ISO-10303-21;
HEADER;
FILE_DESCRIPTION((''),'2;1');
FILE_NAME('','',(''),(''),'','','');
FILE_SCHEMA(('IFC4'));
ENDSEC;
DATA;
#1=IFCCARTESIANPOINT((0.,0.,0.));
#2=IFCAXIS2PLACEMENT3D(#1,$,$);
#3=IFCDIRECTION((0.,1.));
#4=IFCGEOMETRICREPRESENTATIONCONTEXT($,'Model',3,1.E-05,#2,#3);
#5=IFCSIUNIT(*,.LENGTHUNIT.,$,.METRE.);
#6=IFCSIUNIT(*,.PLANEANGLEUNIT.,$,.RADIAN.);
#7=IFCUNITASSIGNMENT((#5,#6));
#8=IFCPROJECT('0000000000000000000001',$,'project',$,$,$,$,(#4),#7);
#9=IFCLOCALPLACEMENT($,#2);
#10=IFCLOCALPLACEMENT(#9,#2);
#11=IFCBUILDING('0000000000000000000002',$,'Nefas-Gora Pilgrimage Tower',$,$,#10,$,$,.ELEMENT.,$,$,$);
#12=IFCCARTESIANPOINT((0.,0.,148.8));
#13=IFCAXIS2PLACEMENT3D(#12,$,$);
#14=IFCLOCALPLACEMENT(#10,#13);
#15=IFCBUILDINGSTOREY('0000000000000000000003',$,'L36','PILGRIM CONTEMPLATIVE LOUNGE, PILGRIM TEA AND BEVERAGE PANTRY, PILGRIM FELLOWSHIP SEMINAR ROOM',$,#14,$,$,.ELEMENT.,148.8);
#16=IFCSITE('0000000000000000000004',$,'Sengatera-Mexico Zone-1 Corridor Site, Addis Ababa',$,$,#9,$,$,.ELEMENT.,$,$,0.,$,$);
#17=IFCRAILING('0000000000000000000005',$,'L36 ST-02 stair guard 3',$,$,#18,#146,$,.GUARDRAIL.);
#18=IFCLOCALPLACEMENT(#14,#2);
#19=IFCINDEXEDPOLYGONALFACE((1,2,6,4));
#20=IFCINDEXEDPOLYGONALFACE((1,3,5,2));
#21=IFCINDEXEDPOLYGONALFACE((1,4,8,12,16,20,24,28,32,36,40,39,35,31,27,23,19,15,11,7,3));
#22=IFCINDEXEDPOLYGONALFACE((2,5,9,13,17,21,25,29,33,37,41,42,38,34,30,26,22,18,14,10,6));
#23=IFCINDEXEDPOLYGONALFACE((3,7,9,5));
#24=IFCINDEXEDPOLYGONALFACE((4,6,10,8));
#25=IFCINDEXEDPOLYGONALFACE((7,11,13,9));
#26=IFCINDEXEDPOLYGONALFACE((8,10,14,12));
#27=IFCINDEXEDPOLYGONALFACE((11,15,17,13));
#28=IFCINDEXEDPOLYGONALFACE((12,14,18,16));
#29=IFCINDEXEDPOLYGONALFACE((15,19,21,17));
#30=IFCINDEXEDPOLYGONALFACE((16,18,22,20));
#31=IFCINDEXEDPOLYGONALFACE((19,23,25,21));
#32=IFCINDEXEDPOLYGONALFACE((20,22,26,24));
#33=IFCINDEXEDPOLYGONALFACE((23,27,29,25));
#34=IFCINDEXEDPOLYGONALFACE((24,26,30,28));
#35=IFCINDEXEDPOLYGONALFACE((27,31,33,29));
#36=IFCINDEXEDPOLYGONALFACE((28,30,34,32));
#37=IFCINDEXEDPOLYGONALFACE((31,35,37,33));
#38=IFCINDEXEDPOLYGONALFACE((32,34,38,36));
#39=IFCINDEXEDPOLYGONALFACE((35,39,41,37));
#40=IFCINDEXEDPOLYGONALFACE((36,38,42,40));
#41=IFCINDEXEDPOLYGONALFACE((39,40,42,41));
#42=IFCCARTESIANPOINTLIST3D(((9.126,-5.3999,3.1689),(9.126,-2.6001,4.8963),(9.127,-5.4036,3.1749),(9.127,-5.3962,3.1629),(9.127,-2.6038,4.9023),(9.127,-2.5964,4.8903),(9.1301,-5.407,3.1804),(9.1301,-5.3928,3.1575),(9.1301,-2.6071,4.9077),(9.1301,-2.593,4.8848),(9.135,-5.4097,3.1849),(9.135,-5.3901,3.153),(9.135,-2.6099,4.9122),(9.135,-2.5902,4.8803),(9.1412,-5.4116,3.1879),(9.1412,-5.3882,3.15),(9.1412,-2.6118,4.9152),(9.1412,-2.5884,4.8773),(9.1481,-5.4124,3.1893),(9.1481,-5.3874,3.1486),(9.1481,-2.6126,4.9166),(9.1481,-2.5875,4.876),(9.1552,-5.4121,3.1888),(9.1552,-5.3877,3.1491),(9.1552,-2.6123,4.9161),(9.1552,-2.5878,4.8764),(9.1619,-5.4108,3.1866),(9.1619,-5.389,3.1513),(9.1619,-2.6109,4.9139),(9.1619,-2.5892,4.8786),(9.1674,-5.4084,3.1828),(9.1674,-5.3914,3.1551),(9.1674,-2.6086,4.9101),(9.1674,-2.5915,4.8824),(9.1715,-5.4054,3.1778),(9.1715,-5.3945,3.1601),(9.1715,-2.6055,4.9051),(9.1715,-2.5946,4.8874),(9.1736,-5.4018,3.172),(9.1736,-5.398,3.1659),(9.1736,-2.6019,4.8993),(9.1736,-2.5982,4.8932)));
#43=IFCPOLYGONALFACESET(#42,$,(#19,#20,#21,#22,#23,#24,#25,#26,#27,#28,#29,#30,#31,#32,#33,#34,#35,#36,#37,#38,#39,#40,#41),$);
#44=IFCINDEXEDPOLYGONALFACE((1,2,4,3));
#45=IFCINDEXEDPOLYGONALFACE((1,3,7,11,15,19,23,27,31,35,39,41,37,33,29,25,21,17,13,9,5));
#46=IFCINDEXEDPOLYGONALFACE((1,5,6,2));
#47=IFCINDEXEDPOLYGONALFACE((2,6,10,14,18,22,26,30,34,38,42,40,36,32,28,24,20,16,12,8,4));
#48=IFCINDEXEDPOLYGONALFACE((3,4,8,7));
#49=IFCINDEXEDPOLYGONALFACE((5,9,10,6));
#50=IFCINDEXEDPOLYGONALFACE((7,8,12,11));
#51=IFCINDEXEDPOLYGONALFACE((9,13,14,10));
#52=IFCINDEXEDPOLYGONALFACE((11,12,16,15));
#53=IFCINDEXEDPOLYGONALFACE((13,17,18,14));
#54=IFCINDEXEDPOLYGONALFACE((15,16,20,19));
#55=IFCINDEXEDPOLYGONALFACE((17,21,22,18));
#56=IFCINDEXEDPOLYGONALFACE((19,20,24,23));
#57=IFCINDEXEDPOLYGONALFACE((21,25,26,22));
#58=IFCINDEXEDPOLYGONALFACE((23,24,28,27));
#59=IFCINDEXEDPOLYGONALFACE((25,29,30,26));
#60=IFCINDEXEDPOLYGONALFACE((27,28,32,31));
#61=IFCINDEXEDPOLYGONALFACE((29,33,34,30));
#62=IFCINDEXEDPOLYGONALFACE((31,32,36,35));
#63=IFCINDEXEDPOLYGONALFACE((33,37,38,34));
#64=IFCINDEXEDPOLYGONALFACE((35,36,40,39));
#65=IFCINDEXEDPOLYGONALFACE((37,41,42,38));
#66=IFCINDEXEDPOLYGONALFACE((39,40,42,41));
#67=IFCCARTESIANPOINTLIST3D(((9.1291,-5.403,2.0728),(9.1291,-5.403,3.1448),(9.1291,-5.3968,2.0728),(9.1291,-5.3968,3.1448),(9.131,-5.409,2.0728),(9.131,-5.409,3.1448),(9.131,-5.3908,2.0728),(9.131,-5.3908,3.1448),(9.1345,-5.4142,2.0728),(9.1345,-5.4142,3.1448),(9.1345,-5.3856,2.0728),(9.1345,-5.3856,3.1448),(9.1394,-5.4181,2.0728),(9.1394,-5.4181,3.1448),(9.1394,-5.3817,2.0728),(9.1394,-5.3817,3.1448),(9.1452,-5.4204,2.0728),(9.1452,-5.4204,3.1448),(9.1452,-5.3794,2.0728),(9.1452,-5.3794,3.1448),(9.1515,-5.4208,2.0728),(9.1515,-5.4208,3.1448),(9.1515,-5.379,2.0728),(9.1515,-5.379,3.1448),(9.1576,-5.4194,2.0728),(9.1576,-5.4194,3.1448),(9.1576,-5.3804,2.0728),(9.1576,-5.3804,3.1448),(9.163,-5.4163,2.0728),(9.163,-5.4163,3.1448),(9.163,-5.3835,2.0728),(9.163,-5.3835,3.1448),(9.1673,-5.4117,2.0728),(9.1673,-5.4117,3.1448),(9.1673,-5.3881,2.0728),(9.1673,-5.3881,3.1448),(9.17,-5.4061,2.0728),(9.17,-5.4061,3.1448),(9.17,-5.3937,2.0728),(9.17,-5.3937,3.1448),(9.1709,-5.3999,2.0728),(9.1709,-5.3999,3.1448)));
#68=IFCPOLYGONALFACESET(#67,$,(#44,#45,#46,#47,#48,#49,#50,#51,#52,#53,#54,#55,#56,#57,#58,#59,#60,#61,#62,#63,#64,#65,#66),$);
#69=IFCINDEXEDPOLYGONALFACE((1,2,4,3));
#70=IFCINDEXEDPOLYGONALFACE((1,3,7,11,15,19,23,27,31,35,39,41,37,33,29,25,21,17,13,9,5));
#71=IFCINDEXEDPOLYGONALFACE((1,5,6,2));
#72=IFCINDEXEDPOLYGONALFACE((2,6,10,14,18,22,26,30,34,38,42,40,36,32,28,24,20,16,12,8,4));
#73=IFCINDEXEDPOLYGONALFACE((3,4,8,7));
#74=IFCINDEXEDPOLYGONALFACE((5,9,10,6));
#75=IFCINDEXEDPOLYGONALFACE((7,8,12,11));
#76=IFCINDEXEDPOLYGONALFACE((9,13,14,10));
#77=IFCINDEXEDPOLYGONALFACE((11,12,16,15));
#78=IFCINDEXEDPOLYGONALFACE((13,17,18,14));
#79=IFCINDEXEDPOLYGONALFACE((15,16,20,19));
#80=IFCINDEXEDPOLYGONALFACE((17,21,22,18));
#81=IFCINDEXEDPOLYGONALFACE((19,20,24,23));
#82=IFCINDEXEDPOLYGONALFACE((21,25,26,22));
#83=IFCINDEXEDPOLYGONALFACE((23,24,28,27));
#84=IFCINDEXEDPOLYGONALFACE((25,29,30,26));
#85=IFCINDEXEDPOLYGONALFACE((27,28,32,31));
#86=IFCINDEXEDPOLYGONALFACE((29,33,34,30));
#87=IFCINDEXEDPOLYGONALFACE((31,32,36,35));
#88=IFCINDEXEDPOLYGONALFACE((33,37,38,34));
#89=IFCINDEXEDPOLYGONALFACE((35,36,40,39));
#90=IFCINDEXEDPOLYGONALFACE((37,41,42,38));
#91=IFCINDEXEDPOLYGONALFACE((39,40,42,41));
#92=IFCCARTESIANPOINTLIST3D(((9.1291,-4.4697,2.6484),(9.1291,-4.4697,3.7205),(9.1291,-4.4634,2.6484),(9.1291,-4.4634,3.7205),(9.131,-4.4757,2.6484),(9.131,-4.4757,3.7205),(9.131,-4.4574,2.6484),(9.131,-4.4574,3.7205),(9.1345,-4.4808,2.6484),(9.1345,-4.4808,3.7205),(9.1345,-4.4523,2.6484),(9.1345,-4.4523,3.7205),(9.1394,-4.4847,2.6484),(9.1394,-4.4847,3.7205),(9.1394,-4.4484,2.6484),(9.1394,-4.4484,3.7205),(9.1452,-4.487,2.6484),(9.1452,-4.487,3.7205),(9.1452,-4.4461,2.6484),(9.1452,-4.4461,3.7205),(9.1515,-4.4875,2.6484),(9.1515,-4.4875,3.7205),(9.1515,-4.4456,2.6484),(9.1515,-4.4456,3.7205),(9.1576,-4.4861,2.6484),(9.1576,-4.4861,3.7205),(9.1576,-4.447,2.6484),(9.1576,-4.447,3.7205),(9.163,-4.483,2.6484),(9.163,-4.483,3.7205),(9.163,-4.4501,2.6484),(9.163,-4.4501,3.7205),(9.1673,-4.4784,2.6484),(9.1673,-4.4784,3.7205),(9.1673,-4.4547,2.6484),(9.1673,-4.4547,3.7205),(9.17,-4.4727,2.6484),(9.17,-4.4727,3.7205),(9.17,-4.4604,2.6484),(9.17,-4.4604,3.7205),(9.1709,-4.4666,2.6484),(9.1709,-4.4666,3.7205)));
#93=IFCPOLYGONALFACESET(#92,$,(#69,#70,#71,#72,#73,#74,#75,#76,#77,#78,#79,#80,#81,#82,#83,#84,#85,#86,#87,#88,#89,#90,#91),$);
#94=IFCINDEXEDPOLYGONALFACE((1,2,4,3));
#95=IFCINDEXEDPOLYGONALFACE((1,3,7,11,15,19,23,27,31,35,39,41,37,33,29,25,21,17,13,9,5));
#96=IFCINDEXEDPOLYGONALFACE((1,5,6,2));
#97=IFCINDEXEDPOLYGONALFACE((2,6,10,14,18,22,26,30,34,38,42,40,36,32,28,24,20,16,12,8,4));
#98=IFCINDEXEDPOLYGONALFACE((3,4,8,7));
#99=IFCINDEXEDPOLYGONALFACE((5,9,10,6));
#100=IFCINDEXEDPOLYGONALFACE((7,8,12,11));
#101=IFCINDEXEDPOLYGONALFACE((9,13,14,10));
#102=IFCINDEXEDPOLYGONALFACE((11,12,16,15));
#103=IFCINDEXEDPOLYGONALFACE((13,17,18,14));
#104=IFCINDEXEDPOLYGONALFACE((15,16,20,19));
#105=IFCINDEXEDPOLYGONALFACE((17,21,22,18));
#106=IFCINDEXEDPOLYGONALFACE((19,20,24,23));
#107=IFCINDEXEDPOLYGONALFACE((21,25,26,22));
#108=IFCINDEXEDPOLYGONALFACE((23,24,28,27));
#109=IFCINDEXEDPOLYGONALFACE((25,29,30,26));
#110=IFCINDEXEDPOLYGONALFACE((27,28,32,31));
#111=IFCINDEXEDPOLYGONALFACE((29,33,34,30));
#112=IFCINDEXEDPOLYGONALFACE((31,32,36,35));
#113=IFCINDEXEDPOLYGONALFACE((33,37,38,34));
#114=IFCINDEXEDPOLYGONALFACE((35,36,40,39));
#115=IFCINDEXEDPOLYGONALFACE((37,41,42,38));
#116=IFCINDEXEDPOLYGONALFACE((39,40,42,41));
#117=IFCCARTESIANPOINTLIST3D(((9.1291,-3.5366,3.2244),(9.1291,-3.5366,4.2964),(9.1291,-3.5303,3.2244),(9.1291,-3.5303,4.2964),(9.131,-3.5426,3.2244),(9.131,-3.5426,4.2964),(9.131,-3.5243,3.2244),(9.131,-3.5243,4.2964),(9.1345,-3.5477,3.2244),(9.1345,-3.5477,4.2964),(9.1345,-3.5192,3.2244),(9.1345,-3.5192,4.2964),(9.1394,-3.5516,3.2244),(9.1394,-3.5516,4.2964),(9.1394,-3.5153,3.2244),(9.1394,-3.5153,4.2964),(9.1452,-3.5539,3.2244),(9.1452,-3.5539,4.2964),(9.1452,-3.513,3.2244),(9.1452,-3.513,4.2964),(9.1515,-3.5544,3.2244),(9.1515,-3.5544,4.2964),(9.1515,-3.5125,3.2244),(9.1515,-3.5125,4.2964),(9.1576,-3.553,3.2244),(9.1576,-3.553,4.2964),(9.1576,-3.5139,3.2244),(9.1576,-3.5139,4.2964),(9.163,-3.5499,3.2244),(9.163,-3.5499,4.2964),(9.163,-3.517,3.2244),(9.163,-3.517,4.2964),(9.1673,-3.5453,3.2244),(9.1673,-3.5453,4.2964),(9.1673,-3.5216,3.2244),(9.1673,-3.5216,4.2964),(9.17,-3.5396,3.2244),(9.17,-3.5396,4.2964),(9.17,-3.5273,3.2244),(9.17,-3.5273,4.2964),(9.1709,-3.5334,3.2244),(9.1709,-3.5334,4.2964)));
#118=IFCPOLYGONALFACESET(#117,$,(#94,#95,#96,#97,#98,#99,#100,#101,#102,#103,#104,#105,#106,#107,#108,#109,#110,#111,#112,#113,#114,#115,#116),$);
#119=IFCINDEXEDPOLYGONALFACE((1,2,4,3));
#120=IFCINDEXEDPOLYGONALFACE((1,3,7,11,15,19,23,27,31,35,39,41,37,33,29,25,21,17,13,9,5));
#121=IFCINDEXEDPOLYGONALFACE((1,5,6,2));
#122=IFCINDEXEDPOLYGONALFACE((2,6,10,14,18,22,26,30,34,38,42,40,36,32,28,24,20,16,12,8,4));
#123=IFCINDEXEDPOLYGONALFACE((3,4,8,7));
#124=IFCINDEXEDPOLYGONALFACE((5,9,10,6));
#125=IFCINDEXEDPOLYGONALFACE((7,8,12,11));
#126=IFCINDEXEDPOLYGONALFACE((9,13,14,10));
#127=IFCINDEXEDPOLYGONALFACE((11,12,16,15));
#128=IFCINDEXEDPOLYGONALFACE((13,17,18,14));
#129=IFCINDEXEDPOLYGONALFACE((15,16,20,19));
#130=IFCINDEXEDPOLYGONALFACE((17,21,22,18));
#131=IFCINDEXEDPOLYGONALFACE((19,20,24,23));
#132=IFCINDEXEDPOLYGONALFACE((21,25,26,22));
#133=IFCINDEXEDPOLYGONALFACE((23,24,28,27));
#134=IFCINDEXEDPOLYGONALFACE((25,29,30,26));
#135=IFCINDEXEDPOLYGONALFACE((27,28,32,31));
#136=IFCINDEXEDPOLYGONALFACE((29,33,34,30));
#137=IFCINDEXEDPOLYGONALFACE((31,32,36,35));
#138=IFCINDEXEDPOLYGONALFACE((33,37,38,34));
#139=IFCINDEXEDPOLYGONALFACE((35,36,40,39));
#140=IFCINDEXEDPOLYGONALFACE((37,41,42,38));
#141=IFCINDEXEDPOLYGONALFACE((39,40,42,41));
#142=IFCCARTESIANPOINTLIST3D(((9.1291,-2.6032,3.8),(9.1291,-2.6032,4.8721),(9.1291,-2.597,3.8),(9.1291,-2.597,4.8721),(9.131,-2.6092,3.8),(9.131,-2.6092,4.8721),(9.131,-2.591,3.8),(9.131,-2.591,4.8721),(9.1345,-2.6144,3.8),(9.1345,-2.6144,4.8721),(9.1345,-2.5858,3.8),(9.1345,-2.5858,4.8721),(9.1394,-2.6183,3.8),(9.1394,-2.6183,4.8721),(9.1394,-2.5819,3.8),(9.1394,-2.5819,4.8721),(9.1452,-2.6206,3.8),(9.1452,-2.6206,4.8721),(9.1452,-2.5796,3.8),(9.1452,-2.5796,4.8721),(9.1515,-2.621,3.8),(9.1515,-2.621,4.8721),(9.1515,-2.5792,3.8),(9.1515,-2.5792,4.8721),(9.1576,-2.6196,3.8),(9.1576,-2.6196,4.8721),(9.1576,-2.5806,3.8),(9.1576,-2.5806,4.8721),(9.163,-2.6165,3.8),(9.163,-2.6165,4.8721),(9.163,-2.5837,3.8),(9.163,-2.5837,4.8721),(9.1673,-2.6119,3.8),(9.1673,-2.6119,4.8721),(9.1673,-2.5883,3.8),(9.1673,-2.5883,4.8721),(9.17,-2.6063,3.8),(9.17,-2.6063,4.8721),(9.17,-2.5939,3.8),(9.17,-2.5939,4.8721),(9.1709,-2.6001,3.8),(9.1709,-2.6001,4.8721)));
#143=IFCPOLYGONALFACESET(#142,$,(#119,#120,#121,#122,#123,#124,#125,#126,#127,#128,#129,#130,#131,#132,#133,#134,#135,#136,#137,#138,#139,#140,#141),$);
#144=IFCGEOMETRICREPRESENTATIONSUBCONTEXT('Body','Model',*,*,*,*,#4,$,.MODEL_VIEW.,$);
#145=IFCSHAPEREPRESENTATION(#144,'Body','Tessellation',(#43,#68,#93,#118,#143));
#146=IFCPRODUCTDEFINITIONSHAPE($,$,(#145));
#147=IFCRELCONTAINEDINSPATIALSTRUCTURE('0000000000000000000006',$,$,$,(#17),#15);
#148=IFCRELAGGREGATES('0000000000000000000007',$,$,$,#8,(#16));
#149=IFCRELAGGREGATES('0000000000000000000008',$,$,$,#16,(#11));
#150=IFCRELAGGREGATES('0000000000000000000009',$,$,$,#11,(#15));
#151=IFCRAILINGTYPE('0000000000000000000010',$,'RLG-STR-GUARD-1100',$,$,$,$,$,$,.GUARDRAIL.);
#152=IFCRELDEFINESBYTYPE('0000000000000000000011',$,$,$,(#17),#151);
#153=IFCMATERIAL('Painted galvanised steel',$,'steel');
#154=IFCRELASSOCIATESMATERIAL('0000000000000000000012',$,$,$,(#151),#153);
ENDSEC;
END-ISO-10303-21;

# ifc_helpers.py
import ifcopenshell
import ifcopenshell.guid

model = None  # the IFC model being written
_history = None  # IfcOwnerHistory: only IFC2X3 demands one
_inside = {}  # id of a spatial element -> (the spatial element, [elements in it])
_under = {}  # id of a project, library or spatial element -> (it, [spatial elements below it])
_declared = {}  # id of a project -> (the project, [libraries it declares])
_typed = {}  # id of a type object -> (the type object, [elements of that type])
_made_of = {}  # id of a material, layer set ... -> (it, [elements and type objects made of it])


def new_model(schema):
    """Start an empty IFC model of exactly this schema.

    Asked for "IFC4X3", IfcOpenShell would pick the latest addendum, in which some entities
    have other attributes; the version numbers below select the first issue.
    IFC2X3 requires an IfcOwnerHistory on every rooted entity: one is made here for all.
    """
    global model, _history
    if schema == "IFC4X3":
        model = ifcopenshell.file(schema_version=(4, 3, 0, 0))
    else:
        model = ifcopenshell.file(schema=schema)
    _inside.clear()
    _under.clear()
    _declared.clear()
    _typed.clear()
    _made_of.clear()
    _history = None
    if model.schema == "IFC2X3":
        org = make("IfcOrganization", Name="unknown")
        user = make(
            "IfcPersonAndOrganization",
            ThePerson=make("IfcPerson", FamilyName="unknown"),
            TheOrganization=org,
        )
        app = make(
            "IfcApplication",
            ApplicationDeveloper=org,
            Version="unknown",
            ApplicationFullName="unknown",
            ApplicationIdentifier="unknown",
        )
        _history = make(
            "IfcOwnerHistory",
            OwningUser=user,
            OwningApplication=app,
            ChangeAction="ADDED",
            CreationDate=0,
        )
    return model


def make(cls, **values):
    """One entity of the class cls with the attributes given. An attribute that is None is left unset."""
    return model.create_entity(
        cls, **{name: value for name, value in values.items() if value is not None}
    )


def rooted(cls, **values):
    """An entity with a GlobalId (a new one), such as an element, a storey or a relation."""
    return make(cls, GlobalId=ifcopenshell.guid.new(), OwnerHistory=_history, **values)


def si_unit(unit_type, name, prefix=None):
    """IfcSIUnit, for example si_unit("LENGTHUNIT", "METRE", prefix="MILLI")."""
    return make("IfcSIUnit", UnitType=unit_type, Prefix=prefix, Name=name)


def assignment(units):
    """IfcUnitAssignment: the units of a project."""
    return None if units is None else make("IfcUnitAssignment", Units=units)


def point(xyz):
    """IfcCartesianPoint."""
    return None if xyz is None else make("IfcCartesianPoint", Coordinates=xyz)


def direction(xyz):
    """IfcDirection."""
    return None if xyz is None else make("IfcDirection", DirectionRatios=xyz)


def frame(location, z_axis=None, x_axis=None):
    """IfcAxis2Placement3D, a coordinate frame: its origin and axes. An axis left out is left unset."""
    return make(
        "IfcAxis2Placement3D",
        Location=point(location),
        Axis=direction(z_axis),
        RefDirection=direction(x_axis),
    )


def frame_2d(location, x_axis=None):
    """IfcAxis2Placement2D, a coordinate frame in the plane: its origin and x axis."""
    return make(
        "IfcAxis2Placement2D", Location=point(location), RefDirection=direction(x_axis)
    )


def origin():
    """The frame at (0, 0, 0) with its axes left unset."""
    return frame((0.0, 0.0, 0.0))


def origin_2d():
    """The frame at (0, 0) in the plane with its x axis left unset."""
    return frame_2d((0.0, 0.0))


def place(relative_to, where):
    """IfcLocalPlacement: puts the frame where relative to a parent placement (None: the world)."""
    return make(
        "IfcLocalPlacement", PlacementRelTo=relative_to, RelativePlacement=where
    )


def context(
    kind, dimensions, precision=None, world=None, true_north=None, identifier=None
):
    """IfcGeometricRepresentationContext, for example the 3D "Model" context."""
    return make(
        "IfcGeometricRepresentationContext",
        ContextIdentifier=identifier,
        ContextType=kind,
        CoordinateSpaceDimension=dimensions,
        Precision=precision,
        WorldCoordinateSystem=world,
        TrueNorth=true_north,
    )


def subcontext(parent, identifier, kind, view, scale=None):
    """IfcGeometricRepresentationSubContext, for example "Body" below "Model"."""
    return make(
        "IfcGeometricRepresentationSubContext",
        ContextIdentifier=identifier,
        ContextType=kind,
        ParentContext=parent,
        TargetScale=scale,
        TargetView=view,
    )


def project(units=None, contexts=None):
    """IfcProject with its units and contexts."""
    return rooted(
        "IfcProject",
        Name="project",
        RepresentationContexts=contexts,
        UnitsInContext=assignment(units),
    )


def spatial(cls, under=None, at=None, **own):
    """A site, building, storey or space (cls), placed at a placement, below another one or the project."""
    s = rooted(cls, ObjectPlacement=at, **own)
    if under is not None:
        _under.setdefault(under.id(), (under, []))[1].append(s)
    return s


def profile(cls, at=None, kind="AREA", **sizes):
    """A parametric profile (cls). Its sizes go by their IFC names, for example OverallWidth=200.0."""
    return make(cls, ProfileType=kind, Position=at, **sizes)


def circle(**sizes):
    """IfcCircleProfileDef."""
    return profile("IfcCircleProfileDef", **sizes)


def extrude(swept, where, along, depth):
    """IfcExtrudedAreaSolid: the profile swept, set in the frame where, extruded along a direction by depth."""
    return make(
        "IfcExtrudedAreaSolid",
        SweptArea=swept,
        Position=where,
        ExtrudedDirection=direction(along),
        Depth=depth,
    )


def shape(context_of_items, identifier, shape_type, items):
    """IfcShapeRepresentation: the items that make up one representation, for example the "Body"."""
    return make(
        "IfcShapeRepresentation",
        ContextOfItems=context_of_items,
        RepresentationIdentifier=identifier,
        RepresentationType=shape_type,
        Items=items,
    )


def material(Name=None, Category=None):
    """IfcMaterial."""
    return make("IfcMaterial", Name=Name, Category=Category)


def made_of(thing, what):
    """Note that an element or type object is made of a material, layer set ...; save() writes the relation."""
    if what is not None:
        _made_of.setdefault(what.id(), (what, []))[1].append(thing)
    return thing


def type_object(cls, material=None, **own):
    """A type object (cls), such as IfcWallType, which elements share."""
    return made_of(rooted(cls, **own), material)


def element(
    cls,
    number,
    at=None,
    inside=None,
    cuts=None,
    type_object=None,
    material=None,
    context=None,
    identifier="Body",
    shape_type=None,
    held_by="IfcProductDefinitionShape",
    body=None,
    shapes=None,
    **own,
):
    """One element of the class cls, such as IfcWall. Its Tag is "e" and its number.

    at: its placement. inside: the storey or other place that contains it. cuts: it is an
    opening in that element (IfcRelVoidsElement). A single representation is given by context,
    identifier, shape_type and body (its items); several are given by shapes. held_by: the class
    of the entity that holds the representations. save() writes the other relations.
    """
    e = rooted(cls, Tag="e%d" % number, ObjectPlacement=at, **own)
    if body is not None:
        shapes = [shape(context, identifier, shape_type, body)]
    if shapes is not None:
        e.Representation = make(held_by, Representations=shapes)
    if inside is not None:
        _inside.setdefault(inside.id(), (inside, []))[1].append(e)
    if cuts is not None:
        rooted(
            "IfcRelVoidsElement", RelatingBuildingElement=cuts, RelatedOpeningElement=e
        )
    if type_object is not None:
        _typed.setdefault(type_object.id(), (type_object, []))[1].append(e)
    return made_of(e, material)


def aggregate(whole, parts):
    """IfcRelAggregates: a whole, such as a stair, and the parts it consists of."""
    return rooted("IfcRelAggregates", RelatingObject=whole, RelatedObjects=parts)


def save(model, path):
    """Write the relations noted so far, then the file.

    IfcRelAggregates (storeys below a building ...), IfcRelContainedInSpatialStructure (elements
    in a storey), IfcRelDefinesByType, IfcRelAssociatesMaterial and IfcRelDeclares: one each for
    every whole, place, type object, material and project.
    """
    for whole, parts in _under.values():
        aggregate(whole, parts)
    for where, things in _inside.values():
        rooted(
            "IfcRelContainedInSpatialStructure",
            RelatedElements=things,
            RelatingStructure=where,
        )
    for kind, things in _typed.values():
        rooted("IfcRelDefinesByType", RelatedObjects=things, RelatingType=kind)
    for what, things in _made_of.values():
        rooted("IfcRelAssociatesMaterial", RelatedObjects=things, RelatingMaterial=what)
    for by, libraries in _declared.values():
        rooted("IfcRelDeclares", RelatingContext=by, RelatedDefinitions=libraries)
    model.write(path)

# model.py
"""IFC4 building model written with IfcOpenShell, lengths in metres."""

from ifc_helpers import new_model, si_unit, direction, frame, origin, origin_2d, place, context, subcontext, project, spatial, circle, extrude, material, type_object, element, save


model = new_model("IFC4")

# Units and contexts
model_context = context("Model", 3, precision=1e-05, world=origin(), true_north=direction((0.0, 1.0)))
body_context = subcontext(model_context, "Body", "Model", "MODEL_VIEW")
ifc_project = project(units=[si_unit("LENGTHUNIT", "METRE"), si_unit("PLANEANGLEUNIT", "RADIAN")], contexts=[model_context])

# Site, building, storey
site_placement = place(None, origin())
site = spatial("IfcSite", under=ifc_project, at=site_placement, Name="Sengatera-Mexico Zone-1 Corridor Site, Addis Ababa", CompositionType="ELEMENT", RefElevation=0.0)
building_placement = place(site_placement, origin())
building = spatial("IfcBuilding", under=site, at=building_placement, Name="Nefas-Gora Pilgrimage Tower", CompositionType="ELEMENT")
storey_placement = place(building_placement, frame((0.0, 0.0, 148.8)))
storey = spatial("IfcBuildingStorey", under=building, at=storey_placement, Name="L36", Description="PILGRIM CONTEMPLATIVE LOUNGE, PILGRIM TEA AND BEVERAGE PANTRY, PILGRIM FELLOWSHIP SEMINAR ROOM", CompositionType="ELEMENT", Elevation=148.8)

# Railing
ifc_material_1 = material(Name="Painted galvanised steel", Category="steel")
railing_type_1 = type_object("IfcRailingType", Name="RLG-STR-GUARD-1100", PredefinedType="GUARDRAIL", material=ifc_material_1)
railing_1_placement = place(storey_placement, frame((9.1499, -5.3999, 2.0728)))
element("IfcRailing", 1, at=railing_1_placement, inside=storey, type_object=railing_type_1, Name="L36 ST-02 stair guard 3", PredefinedType="GUARDRAIL", context=body_context, shape_type="SweptSolid", body=[
    extrude(circle(Radius=0.0239, at=origin_2d()), frame((0.0, 0.0, 1.0962), z_axis=(0.0, 0.851069, 0.525054), x_axis=(-1.0, 0.0, 0.0)), (0.0, 0.0, 1.0), 3.2898),
    extrude(circle(Radius=0.021, at=origin_2d()), origin(), (0.0, 0.0, 1.0), 1.072),
    extrude(circle(Radius=0.021, at=origin_2d()), frame((0.0, 0.9333, 0.5757)), (0.0, 0.0, 1.0), 1.072),
    extrude(circle(Radius=0.021, at=origin_2d()), frame((0.0, 1.8665, 1.1516)), (0.0, 0.0, 1.0), 1.072),
    extrude(circle(Radius=0.021, at=origin_2d()), frame((0.0, 2.7998, 1.7273)), (0.0, 0.0, 1.0), 1.072),
])

save(model, "model.ifc")
